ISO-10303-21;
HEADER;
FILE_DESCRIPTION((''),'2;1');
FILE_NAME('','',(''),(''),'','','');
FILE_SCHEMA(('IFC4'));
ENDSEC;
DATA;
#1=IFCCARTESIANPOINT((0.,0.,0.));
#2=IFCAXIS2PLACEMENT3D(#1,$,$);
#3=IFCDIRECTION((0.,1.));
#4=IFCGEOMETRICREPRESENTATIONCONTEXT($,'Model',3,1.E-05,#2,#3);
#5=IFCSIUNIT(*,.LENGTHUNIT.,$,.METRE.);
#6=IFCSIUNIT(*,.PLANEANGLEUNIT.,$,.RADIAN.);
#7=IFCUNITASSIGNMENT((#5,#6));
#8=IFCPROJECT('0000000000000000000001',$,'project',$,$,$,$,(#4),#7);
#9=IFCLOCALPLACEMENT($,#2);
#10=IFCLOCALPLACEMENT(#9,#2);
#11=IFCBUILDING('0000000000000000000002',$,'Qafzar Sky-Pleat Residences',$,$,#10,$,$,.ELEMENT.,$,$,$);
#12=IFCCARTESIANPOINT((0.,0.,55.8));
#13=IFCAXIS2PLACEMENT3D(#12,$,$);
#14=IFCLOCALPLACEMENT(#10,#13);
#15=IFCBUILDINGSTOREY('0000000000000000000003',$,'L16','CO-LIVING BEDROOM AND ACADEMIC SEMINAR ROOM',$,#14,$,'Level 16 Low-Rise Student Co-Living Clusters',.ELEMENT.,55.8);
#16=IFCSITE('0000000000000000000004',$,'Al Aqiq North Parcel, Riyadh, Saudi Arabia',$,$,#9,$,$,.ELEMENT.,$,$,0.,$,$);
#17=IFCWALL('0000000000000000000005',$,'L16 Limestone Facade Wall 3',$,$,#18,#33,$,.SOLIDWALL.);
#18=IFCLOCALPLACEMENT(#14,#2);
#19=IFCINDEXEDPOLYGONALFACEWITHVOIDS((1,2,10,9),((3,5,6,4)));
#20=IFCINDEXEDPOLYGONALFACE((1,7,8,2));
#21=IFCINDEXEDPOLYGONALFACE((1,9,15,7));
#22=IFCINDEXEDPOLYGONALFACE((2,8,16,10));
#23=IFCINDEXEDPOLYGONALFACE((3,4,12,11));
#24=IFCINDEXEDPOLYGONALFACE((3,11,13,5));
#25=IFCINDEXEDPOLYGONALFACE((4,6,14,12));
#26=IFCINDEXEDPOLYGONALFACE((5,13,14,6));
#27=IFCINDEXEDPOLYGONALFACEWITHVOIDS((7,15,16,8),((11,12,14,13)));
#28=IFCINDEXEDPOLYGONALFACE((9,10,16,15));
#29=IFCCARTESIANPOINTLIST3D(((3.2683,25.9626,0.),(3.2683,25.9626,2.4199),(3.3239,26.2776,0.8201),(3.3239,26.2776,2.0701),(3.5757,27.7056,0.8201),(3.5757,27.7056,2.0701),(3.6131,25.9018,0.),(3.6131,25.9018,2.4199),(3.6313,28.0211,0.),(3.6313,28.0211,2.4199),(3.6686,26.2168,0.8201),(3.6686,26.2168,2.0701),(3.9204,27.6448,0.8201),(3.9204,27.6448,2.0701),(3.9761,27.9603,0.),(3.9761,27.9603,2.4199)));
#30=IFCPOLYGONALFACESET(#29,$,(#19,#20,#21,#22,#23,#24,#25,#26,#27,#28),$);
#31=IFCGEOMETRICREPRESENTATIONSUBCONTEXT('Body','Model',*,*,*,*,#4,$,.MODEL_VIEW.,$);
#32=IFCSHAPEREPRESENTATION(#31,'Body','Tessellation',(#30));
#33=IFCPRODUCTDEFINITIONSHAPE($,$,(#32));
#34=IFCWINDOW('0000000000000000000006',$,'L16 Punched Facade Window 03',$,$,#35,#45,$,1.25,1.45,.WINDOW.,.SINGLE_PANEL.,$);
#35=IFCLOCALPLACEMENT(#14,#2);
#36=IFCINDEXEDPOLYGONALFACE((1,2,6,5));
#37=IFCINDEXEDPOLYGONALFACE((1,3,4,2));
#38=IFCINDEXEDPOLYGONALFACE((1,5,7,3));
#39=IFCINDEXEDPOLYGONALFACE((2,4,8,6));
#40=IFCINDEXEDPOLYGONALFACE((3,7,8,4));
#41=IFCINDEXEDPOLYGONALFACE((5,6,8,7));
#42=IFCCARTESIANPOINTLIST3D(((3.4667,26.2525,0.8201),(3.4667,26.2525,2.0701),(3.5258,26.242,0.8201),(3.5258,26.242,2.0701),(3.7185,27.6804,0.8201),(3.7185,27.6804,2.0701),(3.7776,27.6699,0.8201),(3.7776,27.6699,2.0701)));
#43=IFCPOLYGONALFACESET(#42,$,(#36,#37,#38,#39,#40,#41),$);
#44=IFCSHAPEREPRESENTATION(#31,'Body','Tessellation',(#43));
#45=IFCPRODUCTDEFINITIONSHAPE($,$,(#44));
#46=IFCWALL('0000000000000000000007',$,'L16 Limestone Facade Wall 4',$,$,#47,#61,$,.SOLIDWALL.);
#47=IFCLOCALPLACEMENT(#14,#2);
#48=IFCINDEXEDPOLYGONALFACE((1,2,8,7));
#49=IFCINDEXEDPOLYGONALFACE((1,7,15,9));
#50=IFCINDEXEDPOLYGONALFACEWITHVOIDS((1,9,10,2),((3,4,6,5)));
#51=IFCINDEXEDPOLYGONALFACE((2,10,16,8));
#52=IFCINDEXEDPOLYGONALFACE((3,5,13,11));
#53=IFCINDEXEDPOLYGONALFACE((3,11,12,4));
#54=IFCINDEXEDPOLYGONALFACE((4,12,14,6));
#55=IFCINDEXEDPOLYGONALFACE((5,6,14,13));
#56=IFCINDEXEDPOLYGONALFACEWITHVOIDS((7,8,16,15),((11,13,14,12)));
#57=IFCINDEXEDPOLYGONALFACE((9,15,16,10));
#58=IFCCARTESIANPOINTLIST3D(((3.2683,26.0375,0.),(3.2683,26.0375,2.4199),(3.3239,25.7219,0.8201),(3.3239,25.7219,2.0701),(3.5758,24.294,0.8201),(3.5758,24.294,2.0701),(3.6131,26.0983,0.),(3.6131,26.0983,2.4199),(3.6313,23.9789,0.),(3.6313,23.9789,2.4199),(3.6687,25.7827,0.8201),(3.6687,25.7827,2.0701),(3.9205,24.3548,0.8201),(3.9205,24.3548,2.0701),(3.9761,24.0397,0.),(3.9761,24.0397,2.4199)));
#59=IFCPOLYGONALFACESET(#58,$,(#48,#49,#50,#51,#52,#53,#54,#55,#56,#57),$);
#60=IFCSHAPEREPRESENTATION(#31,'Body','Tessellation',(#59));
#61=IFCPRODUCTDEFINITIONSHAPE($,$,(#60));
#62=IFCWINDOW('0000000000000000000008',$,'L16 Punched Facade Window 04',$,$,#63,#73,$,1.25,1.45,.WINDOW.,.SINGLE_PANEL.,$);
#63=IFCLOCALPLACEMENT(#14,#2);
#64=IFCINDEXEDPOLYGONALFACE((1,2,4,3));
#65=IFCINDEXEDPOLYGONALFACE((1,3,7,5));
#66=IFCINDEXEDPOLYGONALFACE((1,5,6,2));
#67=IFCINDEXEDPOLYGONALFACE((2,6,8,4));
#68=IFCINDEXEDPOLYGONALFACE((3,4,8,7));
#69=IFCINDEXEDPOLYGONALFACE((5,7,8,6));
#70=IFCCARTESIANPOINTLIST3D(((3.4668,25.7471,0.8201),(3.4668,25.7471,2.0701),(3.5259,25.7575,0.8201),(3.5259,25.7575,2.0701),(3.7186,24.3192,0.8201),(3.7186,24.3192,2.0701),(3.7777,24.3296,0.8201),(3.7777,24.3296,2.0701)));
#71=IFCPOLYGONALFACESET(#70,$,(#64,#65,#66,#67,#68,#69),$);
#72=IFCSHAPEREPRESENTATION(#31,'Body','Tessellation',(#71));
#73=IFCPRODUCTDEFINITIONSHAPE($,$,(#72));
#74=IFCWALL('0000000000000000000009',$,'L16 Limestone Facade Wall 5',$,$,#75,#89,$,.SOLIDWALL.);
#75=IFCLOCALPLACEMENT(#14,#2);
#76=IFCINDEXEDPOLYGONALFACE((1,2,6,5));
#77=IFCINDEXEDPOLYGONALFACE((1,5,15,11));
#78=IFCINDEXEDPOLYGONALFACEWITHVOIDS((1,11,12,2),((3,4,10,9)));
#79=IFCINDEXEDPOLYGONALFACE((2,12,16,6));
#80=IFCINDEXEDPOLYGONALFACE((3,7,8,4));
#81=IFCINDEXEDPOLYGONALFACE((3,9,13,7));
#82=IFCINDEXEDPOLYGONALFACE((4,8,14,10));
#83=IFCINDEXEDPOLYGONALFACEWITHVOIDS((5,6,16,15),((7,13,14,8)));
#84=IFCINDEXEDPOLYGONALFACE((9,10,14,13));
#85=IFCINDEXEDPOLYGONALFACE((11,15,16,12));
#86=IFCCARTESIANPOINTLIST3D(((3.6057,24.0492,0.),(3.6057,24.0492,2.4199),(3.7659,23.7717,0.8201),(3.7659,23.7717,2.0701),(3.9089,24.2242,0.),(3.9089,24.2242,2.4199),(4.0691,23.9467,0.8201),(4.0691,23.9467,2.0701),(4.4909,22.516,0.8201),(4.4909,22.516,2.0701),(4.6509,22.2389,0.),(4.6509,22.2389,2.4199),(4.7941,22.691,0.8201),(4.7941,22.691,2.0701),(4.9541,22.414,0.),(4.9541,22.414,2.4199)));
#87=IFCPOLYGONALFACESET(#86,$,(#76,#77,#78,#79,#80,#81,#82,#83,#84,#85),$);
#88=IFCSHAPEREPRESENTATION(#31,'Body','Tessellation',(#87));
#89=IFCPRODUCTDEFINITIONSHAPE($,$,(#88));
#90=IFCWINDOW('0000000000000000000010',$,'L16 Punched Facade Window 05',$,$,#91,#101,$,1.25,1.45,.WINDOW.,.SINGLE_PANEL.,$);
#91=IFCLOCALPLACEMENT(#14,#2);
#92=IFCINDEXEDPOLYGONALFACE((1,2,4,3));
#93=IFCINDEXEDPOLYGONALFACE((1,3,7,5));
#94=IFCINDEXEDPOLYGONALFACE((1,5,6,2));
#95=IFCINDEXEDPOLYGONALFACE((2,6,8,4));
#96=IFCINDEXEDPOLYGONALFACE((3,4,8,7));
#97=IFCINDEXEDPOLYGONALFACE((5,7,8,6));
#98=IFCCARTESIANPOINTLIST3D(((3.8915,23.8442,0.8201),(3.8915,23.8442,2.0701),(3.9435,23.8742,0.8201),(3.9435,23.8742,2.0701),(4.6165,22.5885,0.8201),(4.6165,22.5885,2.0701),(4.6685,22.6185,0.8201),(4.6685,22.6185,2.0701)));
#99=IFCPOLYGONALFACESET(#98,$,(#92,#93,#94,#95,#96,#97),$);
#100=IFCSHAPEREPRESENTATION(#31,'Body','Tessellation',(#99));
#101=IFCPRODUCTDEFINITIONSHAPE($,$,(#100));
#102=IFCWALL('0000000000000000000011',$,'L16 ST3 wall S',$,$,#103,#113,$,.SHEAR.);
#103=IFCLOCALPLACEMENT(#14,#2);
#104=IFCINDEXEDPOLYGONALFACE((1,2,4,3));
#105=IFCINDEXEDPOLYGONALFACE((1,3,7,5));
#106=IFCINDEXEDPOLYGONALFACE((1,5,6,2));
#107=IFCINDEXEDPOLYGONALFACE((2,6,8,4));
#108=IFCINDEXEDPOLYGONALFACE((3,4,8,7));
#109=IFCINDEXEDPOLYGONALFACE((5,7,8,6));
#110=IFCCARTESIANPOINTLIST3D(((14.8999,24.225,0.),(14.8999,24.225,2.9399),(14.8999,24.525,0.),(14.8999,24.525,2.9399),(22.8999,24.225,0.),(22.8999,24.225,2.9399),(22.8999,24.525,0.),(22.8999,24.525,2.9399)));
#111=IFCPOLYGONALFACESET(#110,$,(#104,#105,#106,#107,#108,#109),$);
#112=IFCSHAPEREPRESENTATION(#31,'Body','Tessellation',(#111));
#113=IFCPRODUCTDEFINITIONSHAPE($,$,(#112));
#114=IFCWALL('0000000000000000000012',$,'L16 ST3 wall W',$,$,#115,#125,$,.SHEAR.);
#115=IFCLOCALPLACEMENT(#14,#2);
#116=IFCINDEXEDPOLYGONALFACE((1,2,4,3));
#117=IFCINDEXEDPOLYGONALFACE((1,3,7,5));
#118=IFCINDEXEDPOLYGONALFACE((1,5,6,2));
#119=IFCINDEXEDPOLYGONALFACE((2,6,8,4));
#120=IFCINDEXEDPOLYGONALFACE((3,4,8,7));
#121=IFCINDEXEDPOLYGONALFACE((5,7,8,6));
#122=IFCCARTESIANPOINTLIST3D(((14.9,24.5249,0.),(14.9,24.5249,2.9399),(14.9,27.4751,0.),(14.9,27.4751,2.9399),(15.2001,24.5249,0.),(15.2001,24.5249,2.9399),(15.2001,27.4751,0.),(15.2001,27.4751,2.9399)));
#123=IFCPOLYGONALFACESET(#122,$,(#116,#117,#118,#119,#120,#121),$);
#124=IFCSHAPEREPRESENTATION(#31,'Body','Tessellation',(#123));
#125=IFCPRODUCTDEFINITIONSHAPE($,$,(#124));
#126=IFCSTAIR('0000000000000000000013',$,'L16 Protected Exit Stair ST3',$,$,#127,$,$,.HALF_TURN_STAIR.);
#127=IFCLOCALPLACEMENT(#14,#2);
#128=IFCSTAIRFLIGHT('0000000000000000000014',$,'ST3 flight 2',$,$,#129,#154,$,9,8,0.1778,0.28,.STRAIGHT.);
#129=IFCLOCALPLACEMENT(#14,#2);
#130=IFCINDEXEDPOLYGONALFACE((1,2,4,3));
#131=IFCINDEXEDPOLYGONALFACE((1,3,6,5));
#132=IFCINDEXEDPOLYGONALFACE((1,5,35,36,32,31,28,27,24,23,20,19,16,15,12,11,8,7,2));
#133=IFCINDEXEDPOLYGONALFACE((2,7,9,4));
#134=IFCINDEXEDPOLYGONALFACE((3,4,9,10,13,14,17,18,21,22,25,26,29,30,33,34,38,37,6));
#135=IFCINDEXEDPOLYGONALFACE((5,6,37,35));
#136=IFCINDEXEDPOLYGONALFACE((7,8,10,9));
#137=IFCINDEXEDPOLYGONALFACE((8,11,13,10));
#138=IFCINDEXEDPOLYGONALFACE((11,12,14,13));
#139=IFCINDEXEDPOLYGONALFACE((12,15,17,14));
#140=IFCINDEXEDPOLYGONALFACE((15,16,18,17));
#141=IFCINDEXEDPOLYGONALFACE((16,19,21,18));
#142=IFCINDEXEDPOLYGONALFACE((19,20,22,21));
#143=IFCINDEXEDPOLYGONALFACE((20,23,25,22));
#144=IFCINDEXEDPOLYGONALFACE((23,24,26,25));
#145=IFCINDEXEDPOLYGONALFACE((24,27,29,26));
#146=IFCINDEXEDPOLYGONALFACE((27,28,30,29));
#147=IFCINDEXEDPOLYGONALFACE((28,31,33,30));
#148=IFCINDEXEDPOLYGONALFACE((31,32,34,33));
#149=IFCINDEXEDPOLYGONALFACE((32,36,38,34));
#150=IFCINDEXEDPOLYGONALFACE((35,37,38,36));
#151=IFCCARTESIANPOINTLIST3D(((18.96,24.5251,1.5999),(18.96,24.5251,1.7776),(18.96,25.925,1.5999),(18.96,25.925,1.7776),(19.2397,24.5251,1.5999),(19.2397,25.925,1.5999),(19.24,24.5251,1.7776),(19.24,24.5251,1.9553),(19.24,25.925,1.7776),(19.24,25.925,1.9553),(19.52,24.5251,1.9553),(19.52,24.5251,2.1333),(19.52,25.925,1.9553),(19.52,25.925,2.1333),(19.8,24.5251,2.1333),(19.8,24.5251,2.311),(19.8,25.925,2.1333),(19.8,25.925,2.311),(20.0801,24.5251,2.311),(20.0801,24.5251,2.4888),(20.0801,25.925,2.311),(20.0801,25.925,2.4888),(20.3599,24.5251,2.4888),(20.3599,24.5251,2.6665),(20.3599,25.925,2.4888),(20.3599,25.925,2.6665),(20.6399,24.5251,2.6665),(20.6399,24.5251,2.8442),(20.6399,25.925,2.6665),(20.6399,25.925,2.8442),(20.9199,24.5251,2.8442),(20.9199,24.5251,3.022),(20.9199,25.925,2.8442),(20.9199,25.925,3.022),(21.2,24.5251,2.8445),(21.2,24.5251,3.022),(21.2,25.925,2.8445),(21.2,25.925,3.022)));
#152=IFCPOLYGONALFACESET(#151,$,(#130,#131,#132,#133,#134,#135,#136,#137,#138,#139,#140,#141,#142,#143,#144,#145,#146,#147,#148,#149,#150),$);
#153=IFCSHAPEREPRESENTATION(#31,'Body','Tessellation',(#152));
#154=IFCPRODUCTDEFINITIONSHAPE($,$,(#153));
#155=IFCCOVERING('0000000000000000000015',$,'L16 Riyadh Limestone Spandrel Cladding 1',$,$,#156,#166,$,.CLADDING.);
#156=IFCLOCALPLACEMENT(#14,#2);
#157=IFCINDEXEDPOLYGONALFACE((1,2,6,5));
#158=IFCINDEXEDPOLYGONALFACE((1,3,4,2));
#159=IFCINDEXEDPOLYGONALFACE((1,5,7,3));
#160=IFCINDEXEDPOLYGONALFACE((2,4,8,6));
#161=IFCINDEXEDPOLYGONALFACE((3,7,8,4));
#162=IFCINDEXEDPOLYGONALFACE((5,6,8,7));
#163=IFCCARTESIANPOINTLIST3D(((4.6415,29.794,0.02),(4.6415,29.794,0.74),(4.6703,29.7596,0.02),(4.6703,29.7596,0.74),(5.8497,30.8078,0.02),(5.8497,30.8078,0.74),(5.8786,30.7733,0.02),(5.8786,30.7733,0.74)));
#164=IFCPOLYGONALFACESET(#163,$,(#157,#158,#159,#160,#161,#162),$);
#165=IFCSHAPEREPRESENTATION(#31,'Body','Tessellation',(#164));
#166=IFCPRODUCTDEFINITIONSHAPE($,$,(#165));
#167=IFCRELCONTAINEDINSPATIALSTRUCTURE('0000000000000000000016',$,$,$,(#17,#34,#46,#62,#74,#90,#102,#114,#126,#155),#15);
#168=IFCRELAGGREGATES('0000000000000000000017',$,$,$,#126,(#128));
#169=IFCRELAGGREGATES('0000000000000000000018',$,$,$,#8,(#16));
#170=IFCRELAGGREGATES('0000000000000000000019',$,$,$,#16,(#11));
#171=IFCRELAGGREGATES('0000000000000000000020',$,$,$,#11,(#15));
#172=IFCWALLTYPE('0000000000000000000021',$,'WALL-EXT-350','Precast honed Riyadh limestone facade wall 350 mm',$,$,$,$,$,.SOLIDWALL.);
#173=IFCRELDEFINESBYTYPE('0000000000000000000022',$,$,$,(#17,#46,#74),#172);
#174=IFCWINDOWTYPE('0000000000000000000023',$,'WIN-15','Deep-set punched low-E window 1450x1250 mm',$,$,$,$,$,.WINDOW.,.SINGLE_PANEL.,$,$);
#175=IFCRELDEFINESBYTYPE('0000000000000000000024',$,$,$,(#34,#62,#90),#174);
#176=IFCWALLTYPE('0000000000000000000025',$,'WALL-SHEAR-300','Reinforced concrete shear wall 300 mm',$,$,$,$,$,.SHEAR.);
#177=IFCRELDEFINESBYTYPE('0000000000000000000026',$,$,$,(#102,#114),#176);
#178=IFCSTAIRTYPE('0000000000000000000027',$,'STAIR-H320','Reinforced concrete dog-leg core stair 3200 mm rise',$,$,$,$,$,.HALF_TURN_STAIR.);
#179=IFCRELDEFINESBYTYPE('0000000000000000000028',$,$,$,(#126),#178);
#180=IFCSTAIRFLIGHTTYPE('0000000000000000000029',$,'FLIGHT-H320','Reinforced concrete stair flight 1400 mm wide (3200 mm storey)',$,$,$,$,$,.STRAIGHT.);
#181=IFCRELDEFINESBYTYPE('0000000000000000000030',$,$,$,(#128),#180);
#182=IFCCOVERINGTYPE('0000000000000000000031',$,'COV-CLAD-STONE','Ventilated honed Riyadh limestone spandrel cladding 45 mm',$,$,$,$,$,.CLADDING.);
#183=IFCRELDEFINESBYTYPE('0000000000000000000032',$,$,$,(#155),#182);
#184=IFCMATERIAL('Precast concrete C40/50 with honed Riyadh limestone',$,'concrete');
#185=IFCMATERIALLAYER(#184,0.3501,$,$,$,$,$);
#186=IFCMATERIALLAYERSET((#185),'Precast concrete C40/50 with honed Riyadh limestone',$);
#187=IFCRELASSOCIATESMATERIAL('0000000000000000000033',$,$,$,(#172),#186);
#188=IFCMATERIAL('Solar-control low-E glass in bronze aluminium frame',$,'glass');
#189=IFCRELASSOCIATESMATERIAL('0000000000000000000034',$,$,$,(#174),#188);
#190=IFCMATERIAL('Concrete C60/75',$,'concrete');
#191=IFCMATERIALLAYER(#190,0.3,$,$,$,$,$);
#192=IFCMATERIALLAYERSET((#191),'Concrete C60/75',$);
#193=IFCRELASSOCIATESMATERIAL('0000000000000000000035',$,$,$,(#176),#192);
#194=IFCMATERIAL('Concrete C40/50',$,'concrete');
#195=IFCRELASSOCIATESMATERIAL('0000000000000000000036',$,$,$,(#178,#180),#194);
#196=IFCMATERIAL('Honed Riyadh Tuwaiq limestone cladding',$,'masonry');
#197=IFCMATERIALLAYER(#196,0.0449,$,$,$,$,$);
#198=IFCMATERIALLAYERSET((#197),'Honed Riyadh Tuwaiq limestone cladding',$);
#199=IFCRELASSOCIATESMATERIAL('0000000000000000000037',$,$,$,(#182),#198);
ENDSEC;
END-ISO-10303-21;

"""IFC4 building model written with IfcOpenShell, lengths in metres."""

from ifc_helpers import new_model, si_unit, direction, frame, frame_2d, origin, origin_2d, place, context, subcontext, project, spatial, polyline, rectangle, outline, extrude, source, transform, mapped, material, layer, layer_set, type_object, element, fill, aggregate, save


model = new_model("IFC4")

# Units and contexts
model_context = context("Model", 3, precision=1e-05, world=origin(), true_north=direction((0.0, 1.0)))
body_context = subcontext(model_context, "Body", "Model", "MODEL_VIEW")
ifc_project = project(units=[si_unit("LENGTHUNIT", "METRE"), si_unit("PLANEANGLEUNIT", "RADIAN")], contexts=[model_context])

# Site, building, storey
site_placement = place(None, origin())
site = spatial("IfcSite", under=ifc_project, at=site_placement, Name="Al Aqiq North Parcel, Riyadh, Saudi Arabia", CompositionType="ELEMENT", RefElevation=0.0)
building_placement = place(site_placement, origin())
building = spatial("IfcBuilding", under=site, at=building_placement, Name="Qafzar Sky-Pleat Residences", CompositionType="ELEMENT")
storey_placement = place(building_placement, frame((0.0, 0.0, 55.8)))
storey = spatial("IfcBuildingStorey", under=building, at=storey_placement, Name="L16", Description="CO-LIVING BEDROOM AND ACADEMIC SEMINAR ROOM", LongName="Level 16 Low-Rise Student Co-Living Clusters", CompositionType="ELEMENT", Elevation=55.8)

# Shared definitions
ifc_material_1 = material(Name="Concrete C60/75", Category="concrete")

# Shared definitions
ifc_material_2 = material(Name="Precast concrete C40/50 with honed Riyadh limestone", Category="concrete")
ifc_layer_1 = layer(ifc_material_2, 0.3501)
ifc_layer_set_1 = layer_set([ifc_layer_1], Name="Precast concrete C40/50 with honed Riyadh limestone")
wall_type_1 = type_object("IfcWallType", Name="WALL-EXT-350", Description="Precast honed Riyadh limestone facade wall 350 mm", PredefinedType="SOLIDWALL", material=ifc_layer_set_1)

# Walls, openings, windows
ifc_material_3 = material(Name="Solar-control low-E glass in bronze aluminium frame", Category="glass")
window_type = type_object("IfcWindowType", Name="WIN-15", Description="Deep-set punched low-E window 1450x1250 mm", PartitioningType="SINGLE_PANEL", PredefinedType="WINDOW", material=ifc_material_3)
shared_shape_1 = source(origin(), body_context, "Body", "SweptSolid", [
    extrude(rectangle(XDim=1.45, YDim=1.25, at=frame_2d((0.7251, 0.625))), frame((0.0, 0.03, 0.0), z_axis=(0.0, -1.0, 0.0), x_axis=(1.0, 0.0, 0.0)), (0.0, 0.0, 1.0), 0.0601),
])
wall_1_placement = place(storey_placement, frame((3.8037, 27.9907, 0.0), z_axis=(0.0, 0.0, 1.0), x_axis=(-0.173672, -0.984804, 0.0)))
wall_1 = element("IfcWall", 1, at=wall_1_placement, inside=storey, type_object=wall_type_1, Name="L16 Limestone Facade Wall 3", PredefinedType="SOLIDWALL", context=body_context, shape_type="SweptSolid", body=[
    extrude(rectangle(XDim=2.0903, YDim=0.3501, at=frame_2d((1.0452, 0.0))), origin(), (0.0, 0.0, 1.0), 2.4199),
])
opening_1_placement = place(wall_1_placement, frame((0.3203, 0.0, 0.8201)))
opening_1 = element("IfcOpeningElement", 2, at=opening_1_placement, cuts=wall_1, PredefinedType="OPENING", context=body_context, shape_type="SweptSolid", body=[
    extrude(rectangle(XDim=1.45, YDim=1.25, at=frame_2d((0.7251, 0.625))), frame((0.0, 0.1851, 0.0), z_axis=(0.0, -1.0, 0.0), x_axis=(1.0, 0.0, 0.0)), (0.0, 0.0, 1.0), 0.3701),
])
window_1_placement = place(opening_1_placement, origin())
window_1 = element("IfcWindow", 3, at=window_1_placement, inside=storey, type_object=window_type, Name="L16 Punched Facade Window 03", OverallHeight=1.25, OverallWidth=1.45, PartitioningType="SINGLE_PANEL", PredefinedType="WINDOW", context=body_context, shape_type="MappedRepresentation", body=[
    mapped(shared_shape_1, transform((0.0, 0.0, 0.0), x_axis=(1.0, 0.0, 0.0), y_axis=(0.0, 1.0, 0.0), z_axis=(0.0, 0.0, 1.0), scale=1.0)),
])
fill(opening_1, window_1)
wall_2_placement = place(storey_placement, frame((3.4407, 26.0679, 0.0), z_axis=(0.0, 0.0, 1.0), x_axis=(0.173672, -0.984804, 0.0)))
wall_2 = element("IfcWall", 4, at=wall_2_placement, inside=storey, type_object=wall_type_1, Name="L16 Limestone Facade Wall 4", PredefinedType="SOLIDWALL", context=body_context, shape_type="SweptSolid", body=[
    extrude(rectangle(XDim=2.0903, YDim=0.3501, at=frame_2d((1.0452, 0.0))), origin(), (0.0, 0.0, 1.0), 2.4199),
])
opening_2_placement = place(wall_2_placement, frame((0.3203, 0.0, 0.8201)))
opening_2 = element("IfcOpeningElement", 5, at=opening_2_placement, cuts=wall_2, PredefinedType="OPENING", context=body_context, shape_type="SweptSolid", body=[
    extrude(rectangle(XDim=1.45, YDim=1.25, at=frame_2d((0.7251, 0.625))), frame((0.0, 0.1851, 0.0), z_axis=(0.0, -1.0, 0.0), x_axis=(1.0, 0.0, 0.0)), (0.0, 0.0, 1.0), 0.3701),
])
window_2_placement = place(opening_2_placement, origin())
window_2 = element("IfcWindow", 6, at=window_2_placement, inside=storey, type_object=window_type, Name="L16 Punched Facade Window 04", OverallHeight=1.25, OverallWidth=1.45, PartitioningType="SINGLE_PANEL", PredefinedType="WINDOW", context=body_context, shape_type="MappedRepresentation", body=[
    mapped(shared_shape_1, transform((0.0, 0.0, 0.0), x_axis=(1.0, 0.0, 0.0), y_axis=(0.0, 1.0, 0.0), z_axis=(0.0, 0.0, 1.0), scale=1.0)),
])
fill(opening_2, window_2)
wall_3_placement = place(storey_placement, frame((3.7573, 24.1367, 0.0), z_axis=(0.0, 0.0, 1.0), x_axis=(0.499995, -0.866028, 0.0)))
wall_3 = element("IfcWall", 7, at=wall_3_placement, inside=storey, type_object=wall_type_1, Name="L16 Limestone Facade Wall 5", PredefinedType="SOLIDWALL", context=body_context, shape_type="SweptSolid", body=[
    extrude(rectangle(XDim=2.0903, YDim=0.3501, at=frame_2d((1.0452, 0.0))), origin(), (0.0, 0.0, 1.0), 2.4199),
])
opening_3_placement = place(wall_3_placement, frame((0.3203, 0.0, 0.8201)))
opening_3 = element("IfcOpeningElement", 8, at=opening_3_placement, cuts=wall_3, PredefinedType="OPENING", context=body_context, shape_type="SweptSolid", body=[
    extrude(rectangle(XDim=1.45, YDim=1.25, at=frame_2d((0.7251, 0.625))), frame((0.0, 0.1851, 0.0), z_axis=(0.0, -1.0, 0.0), x_axis=(1.0, 0.0, 0.0)), (0.0, 0.0, 1.0), 0.3701),
])
window_3_placement = place(opening_3_placement, origin())
window_3 = element("IfcWindow", 9, at=window_3_placement, inside=storey, type_object=window_type, Name="L16 Punched Facade Window 05", OverallHeight=1.25, OverallWidth=1.45, PartitioningType="SINGLE_PANEL", PredefinedType="WINDOW", context=body_context, shape_type="MappedRepresentation", body=[
    mapped(shared_shape_1, transform((0.0, 0.0, 0.0), x_axis=(1.0, 0.0, 0.0), y_axis=(0.0, 1.0, 0.0), z_axis=(0.0, 0.0, 1.0), scale=1.0)),
])
fill(opening_3, window_3)

# Walls
ifc_layer_2 = layer(ifc_material_1, 0.3)
ifc_layer_set_2 = layer_set([ifc_layer_2], Name="Concrete C60/75")
wall_type_2 = type_object("IfcWallType", Name="WALL-SHEAR-300", Description="Reinforced concrete shear wall 300 mm", PredefinedType="SHEAR", material=ifc_layer_set_2)
wall_4_placement = place(storey_placement, frame((14.8999, 24.375, 0.0), z_axis=(0.0, 0.0, 1.0), x_axis=(1.0, 0.0, 0.0)))
element("IfcWall", 10, at=wall_4_placement, inside=storey, type_object=wall_type_2, Name="L16 ST3 wall S", PredefinedType="SHEAR", context=body_context, shape_type="SweptSolid", body=[
    extrude(rectangle(XDim=8.0, YDim=0.3, at=frame_2d((4.0, 0.0))), origin(), (0.0, 0.0, 1.0), 2.9399),
])
wall_5_placement = place(storey_placement, frame((15.05, 27.4751, 0.0), z_axis=(0.0, 0.0, 1.0), x_axis=(0.0, -1.0, 0.0)))
element("IfcWall", 11, at=wall_5_placement, inside=storey, type_object=wall_type_2, Name="L16 ST3 wall W", PredefinedType="SHEAR", context=body_context, shape_type="SweptSolid", body=[
    extrude(rectangle(XDim=2.9502, YDim=0.3, at=frame_2d((1.4751, 0.0))), origin(), (0.0, 0.0, 1.0), 2.9399),
])

# Stair, stair flight
ifc_material_4 = material(Name="Concrete C40/50", Category="concrete")
stair_type = type_object("IfcStairType", Name="STAIR-H320", Description="Reinforced concrete dog-leg core stair 3200 mm rise", PredefinedType="HALF_TURN_STAIR", material=ifc_material_4)
stair_placement = place(storey_placement, origin())
stair = element("IfcStair", 12, at=stair_placement, inside=storey, type_object=stair_type, Name="L16 Protected Exit Stair ST3", PredefinedType="HALF_TURN_STAIR")
stair_flight_type = type_object("IfcStairFlightType", Name="FLIGHT-H320", Description="Reinforced concrete stair flight 1400 mm wide (3200 mm storey)", PredefinedType="STRAIGHT", material=ifc_material_4)
shared_shape_2 = source(origin(), body_context, "Body", "SweptSolid", [
    extrude(outline(polyline([(0.0, 0.0), (0.0, 0.1777), (0.28, 0.1777), (0.28, 0.3555), (0.5601, 0.3555), (0.5601, 0.5334), (0.8401, 0.5334), (0.8401, 0.7112), (1.1201, 0.7112), (1.1201, 0.8889), (1.3999, 0.8889), (1.3999, 1.0667), (1.6799, 1.0667), (1.6799, 1.2444), (1.96, 1.2444), (1.96, 1.4221), (2.24, 1.4221), (2.24, 1.6001), (2.24, 1.2446), (0.2798, 0.0), (0.0, 0.0)])), frame((0.0, 0.7, 0.0), z_axis=(0.0, -1.0, 0.0), x_axis=(1.0, 0.0, 0.0)), (0.0, 0.0, 1.0), 1.3999),
])
stair_flight_placement = place(storey_placement, frame((18.96, 25.2251, 1.5999), z_axis=(0.0, 0.0, 1.0), x_axis=(1.0, 0.0, 0.0)))
stair_flight = element("IfcStairFlight", 13, at=stair_flight_placement, type_object=stair_flight_type, Name="ST3 flight 2", NumberOfRisers=9, NumberOfTreads=8, PredefinedType="STRAIGHT", RiserHeight=0.1778, TreadLength=0.28, context=body_context, shape_type="MappedRepresentation", body=[
    mapped(shared_shape_2, transform((0.0, 0.0, 0.0), x_axis=(1.0, 0.0, 0.0), y_axis=(0.0, 1.0, 0.0), z_axis=(0.0, 0.0, 1.0), scale=1.0)),
])
aggregate(stair, [stair_flight])

# Covering
ifc_material_5 = material(Name="Honed Riyadh Tuwaiq limestone cladding", Category="masonry")
ifc_layer_3 = layer(ifc_material_5, 0.0449)
ifc_layer_set_3 = layer_set([ifc_layer_3], Name="Honed Riyadh Tuwaiq limestone cladding")
covering_type = type_object("IfcCoveringType", Name="COV-CLAD-STONE", Description="Ventilated honed Riyadh limestone spandrel cladding 45 mm", PredefinedType="CLADDING", material=ifc_layer_set_3)
shared_shape_3 = source(origin(), body_context, "Body", "SweptSolid", [
    extrude(rectangle(XDim=1.5771, YDim=0.0449, at=origin_2d()), origin(), (0.0, 0.0, 1.0), 0.72),
])
covering_1_placement = place(storey_placement, frame((5.26, 30.2837, 0.02), z_axis=(0.0, 0.0, 1.0), x_axis=(-0.766075, -0.642752, 0.0)))
element("IfcCovering", 14, at=covering_1_placement, inside=storey, type_object=covering_type, Name="L16 Riyadh Limestone Spandrel Cladding 1", PredefinedType="CLADDING", context=body_context, shape_type="MappedRepresentation", body=[
    mapped(shared_shape_3, transform((0.0, 0.0, 0.0), x_axis=(1.0, 0.0, 0.0), y_axis=(0.0, 1.0, 0.0), z_axis=(0.0, 0.0, 1.0), scale=1.0)),
])

save(model, "model.ifc")
